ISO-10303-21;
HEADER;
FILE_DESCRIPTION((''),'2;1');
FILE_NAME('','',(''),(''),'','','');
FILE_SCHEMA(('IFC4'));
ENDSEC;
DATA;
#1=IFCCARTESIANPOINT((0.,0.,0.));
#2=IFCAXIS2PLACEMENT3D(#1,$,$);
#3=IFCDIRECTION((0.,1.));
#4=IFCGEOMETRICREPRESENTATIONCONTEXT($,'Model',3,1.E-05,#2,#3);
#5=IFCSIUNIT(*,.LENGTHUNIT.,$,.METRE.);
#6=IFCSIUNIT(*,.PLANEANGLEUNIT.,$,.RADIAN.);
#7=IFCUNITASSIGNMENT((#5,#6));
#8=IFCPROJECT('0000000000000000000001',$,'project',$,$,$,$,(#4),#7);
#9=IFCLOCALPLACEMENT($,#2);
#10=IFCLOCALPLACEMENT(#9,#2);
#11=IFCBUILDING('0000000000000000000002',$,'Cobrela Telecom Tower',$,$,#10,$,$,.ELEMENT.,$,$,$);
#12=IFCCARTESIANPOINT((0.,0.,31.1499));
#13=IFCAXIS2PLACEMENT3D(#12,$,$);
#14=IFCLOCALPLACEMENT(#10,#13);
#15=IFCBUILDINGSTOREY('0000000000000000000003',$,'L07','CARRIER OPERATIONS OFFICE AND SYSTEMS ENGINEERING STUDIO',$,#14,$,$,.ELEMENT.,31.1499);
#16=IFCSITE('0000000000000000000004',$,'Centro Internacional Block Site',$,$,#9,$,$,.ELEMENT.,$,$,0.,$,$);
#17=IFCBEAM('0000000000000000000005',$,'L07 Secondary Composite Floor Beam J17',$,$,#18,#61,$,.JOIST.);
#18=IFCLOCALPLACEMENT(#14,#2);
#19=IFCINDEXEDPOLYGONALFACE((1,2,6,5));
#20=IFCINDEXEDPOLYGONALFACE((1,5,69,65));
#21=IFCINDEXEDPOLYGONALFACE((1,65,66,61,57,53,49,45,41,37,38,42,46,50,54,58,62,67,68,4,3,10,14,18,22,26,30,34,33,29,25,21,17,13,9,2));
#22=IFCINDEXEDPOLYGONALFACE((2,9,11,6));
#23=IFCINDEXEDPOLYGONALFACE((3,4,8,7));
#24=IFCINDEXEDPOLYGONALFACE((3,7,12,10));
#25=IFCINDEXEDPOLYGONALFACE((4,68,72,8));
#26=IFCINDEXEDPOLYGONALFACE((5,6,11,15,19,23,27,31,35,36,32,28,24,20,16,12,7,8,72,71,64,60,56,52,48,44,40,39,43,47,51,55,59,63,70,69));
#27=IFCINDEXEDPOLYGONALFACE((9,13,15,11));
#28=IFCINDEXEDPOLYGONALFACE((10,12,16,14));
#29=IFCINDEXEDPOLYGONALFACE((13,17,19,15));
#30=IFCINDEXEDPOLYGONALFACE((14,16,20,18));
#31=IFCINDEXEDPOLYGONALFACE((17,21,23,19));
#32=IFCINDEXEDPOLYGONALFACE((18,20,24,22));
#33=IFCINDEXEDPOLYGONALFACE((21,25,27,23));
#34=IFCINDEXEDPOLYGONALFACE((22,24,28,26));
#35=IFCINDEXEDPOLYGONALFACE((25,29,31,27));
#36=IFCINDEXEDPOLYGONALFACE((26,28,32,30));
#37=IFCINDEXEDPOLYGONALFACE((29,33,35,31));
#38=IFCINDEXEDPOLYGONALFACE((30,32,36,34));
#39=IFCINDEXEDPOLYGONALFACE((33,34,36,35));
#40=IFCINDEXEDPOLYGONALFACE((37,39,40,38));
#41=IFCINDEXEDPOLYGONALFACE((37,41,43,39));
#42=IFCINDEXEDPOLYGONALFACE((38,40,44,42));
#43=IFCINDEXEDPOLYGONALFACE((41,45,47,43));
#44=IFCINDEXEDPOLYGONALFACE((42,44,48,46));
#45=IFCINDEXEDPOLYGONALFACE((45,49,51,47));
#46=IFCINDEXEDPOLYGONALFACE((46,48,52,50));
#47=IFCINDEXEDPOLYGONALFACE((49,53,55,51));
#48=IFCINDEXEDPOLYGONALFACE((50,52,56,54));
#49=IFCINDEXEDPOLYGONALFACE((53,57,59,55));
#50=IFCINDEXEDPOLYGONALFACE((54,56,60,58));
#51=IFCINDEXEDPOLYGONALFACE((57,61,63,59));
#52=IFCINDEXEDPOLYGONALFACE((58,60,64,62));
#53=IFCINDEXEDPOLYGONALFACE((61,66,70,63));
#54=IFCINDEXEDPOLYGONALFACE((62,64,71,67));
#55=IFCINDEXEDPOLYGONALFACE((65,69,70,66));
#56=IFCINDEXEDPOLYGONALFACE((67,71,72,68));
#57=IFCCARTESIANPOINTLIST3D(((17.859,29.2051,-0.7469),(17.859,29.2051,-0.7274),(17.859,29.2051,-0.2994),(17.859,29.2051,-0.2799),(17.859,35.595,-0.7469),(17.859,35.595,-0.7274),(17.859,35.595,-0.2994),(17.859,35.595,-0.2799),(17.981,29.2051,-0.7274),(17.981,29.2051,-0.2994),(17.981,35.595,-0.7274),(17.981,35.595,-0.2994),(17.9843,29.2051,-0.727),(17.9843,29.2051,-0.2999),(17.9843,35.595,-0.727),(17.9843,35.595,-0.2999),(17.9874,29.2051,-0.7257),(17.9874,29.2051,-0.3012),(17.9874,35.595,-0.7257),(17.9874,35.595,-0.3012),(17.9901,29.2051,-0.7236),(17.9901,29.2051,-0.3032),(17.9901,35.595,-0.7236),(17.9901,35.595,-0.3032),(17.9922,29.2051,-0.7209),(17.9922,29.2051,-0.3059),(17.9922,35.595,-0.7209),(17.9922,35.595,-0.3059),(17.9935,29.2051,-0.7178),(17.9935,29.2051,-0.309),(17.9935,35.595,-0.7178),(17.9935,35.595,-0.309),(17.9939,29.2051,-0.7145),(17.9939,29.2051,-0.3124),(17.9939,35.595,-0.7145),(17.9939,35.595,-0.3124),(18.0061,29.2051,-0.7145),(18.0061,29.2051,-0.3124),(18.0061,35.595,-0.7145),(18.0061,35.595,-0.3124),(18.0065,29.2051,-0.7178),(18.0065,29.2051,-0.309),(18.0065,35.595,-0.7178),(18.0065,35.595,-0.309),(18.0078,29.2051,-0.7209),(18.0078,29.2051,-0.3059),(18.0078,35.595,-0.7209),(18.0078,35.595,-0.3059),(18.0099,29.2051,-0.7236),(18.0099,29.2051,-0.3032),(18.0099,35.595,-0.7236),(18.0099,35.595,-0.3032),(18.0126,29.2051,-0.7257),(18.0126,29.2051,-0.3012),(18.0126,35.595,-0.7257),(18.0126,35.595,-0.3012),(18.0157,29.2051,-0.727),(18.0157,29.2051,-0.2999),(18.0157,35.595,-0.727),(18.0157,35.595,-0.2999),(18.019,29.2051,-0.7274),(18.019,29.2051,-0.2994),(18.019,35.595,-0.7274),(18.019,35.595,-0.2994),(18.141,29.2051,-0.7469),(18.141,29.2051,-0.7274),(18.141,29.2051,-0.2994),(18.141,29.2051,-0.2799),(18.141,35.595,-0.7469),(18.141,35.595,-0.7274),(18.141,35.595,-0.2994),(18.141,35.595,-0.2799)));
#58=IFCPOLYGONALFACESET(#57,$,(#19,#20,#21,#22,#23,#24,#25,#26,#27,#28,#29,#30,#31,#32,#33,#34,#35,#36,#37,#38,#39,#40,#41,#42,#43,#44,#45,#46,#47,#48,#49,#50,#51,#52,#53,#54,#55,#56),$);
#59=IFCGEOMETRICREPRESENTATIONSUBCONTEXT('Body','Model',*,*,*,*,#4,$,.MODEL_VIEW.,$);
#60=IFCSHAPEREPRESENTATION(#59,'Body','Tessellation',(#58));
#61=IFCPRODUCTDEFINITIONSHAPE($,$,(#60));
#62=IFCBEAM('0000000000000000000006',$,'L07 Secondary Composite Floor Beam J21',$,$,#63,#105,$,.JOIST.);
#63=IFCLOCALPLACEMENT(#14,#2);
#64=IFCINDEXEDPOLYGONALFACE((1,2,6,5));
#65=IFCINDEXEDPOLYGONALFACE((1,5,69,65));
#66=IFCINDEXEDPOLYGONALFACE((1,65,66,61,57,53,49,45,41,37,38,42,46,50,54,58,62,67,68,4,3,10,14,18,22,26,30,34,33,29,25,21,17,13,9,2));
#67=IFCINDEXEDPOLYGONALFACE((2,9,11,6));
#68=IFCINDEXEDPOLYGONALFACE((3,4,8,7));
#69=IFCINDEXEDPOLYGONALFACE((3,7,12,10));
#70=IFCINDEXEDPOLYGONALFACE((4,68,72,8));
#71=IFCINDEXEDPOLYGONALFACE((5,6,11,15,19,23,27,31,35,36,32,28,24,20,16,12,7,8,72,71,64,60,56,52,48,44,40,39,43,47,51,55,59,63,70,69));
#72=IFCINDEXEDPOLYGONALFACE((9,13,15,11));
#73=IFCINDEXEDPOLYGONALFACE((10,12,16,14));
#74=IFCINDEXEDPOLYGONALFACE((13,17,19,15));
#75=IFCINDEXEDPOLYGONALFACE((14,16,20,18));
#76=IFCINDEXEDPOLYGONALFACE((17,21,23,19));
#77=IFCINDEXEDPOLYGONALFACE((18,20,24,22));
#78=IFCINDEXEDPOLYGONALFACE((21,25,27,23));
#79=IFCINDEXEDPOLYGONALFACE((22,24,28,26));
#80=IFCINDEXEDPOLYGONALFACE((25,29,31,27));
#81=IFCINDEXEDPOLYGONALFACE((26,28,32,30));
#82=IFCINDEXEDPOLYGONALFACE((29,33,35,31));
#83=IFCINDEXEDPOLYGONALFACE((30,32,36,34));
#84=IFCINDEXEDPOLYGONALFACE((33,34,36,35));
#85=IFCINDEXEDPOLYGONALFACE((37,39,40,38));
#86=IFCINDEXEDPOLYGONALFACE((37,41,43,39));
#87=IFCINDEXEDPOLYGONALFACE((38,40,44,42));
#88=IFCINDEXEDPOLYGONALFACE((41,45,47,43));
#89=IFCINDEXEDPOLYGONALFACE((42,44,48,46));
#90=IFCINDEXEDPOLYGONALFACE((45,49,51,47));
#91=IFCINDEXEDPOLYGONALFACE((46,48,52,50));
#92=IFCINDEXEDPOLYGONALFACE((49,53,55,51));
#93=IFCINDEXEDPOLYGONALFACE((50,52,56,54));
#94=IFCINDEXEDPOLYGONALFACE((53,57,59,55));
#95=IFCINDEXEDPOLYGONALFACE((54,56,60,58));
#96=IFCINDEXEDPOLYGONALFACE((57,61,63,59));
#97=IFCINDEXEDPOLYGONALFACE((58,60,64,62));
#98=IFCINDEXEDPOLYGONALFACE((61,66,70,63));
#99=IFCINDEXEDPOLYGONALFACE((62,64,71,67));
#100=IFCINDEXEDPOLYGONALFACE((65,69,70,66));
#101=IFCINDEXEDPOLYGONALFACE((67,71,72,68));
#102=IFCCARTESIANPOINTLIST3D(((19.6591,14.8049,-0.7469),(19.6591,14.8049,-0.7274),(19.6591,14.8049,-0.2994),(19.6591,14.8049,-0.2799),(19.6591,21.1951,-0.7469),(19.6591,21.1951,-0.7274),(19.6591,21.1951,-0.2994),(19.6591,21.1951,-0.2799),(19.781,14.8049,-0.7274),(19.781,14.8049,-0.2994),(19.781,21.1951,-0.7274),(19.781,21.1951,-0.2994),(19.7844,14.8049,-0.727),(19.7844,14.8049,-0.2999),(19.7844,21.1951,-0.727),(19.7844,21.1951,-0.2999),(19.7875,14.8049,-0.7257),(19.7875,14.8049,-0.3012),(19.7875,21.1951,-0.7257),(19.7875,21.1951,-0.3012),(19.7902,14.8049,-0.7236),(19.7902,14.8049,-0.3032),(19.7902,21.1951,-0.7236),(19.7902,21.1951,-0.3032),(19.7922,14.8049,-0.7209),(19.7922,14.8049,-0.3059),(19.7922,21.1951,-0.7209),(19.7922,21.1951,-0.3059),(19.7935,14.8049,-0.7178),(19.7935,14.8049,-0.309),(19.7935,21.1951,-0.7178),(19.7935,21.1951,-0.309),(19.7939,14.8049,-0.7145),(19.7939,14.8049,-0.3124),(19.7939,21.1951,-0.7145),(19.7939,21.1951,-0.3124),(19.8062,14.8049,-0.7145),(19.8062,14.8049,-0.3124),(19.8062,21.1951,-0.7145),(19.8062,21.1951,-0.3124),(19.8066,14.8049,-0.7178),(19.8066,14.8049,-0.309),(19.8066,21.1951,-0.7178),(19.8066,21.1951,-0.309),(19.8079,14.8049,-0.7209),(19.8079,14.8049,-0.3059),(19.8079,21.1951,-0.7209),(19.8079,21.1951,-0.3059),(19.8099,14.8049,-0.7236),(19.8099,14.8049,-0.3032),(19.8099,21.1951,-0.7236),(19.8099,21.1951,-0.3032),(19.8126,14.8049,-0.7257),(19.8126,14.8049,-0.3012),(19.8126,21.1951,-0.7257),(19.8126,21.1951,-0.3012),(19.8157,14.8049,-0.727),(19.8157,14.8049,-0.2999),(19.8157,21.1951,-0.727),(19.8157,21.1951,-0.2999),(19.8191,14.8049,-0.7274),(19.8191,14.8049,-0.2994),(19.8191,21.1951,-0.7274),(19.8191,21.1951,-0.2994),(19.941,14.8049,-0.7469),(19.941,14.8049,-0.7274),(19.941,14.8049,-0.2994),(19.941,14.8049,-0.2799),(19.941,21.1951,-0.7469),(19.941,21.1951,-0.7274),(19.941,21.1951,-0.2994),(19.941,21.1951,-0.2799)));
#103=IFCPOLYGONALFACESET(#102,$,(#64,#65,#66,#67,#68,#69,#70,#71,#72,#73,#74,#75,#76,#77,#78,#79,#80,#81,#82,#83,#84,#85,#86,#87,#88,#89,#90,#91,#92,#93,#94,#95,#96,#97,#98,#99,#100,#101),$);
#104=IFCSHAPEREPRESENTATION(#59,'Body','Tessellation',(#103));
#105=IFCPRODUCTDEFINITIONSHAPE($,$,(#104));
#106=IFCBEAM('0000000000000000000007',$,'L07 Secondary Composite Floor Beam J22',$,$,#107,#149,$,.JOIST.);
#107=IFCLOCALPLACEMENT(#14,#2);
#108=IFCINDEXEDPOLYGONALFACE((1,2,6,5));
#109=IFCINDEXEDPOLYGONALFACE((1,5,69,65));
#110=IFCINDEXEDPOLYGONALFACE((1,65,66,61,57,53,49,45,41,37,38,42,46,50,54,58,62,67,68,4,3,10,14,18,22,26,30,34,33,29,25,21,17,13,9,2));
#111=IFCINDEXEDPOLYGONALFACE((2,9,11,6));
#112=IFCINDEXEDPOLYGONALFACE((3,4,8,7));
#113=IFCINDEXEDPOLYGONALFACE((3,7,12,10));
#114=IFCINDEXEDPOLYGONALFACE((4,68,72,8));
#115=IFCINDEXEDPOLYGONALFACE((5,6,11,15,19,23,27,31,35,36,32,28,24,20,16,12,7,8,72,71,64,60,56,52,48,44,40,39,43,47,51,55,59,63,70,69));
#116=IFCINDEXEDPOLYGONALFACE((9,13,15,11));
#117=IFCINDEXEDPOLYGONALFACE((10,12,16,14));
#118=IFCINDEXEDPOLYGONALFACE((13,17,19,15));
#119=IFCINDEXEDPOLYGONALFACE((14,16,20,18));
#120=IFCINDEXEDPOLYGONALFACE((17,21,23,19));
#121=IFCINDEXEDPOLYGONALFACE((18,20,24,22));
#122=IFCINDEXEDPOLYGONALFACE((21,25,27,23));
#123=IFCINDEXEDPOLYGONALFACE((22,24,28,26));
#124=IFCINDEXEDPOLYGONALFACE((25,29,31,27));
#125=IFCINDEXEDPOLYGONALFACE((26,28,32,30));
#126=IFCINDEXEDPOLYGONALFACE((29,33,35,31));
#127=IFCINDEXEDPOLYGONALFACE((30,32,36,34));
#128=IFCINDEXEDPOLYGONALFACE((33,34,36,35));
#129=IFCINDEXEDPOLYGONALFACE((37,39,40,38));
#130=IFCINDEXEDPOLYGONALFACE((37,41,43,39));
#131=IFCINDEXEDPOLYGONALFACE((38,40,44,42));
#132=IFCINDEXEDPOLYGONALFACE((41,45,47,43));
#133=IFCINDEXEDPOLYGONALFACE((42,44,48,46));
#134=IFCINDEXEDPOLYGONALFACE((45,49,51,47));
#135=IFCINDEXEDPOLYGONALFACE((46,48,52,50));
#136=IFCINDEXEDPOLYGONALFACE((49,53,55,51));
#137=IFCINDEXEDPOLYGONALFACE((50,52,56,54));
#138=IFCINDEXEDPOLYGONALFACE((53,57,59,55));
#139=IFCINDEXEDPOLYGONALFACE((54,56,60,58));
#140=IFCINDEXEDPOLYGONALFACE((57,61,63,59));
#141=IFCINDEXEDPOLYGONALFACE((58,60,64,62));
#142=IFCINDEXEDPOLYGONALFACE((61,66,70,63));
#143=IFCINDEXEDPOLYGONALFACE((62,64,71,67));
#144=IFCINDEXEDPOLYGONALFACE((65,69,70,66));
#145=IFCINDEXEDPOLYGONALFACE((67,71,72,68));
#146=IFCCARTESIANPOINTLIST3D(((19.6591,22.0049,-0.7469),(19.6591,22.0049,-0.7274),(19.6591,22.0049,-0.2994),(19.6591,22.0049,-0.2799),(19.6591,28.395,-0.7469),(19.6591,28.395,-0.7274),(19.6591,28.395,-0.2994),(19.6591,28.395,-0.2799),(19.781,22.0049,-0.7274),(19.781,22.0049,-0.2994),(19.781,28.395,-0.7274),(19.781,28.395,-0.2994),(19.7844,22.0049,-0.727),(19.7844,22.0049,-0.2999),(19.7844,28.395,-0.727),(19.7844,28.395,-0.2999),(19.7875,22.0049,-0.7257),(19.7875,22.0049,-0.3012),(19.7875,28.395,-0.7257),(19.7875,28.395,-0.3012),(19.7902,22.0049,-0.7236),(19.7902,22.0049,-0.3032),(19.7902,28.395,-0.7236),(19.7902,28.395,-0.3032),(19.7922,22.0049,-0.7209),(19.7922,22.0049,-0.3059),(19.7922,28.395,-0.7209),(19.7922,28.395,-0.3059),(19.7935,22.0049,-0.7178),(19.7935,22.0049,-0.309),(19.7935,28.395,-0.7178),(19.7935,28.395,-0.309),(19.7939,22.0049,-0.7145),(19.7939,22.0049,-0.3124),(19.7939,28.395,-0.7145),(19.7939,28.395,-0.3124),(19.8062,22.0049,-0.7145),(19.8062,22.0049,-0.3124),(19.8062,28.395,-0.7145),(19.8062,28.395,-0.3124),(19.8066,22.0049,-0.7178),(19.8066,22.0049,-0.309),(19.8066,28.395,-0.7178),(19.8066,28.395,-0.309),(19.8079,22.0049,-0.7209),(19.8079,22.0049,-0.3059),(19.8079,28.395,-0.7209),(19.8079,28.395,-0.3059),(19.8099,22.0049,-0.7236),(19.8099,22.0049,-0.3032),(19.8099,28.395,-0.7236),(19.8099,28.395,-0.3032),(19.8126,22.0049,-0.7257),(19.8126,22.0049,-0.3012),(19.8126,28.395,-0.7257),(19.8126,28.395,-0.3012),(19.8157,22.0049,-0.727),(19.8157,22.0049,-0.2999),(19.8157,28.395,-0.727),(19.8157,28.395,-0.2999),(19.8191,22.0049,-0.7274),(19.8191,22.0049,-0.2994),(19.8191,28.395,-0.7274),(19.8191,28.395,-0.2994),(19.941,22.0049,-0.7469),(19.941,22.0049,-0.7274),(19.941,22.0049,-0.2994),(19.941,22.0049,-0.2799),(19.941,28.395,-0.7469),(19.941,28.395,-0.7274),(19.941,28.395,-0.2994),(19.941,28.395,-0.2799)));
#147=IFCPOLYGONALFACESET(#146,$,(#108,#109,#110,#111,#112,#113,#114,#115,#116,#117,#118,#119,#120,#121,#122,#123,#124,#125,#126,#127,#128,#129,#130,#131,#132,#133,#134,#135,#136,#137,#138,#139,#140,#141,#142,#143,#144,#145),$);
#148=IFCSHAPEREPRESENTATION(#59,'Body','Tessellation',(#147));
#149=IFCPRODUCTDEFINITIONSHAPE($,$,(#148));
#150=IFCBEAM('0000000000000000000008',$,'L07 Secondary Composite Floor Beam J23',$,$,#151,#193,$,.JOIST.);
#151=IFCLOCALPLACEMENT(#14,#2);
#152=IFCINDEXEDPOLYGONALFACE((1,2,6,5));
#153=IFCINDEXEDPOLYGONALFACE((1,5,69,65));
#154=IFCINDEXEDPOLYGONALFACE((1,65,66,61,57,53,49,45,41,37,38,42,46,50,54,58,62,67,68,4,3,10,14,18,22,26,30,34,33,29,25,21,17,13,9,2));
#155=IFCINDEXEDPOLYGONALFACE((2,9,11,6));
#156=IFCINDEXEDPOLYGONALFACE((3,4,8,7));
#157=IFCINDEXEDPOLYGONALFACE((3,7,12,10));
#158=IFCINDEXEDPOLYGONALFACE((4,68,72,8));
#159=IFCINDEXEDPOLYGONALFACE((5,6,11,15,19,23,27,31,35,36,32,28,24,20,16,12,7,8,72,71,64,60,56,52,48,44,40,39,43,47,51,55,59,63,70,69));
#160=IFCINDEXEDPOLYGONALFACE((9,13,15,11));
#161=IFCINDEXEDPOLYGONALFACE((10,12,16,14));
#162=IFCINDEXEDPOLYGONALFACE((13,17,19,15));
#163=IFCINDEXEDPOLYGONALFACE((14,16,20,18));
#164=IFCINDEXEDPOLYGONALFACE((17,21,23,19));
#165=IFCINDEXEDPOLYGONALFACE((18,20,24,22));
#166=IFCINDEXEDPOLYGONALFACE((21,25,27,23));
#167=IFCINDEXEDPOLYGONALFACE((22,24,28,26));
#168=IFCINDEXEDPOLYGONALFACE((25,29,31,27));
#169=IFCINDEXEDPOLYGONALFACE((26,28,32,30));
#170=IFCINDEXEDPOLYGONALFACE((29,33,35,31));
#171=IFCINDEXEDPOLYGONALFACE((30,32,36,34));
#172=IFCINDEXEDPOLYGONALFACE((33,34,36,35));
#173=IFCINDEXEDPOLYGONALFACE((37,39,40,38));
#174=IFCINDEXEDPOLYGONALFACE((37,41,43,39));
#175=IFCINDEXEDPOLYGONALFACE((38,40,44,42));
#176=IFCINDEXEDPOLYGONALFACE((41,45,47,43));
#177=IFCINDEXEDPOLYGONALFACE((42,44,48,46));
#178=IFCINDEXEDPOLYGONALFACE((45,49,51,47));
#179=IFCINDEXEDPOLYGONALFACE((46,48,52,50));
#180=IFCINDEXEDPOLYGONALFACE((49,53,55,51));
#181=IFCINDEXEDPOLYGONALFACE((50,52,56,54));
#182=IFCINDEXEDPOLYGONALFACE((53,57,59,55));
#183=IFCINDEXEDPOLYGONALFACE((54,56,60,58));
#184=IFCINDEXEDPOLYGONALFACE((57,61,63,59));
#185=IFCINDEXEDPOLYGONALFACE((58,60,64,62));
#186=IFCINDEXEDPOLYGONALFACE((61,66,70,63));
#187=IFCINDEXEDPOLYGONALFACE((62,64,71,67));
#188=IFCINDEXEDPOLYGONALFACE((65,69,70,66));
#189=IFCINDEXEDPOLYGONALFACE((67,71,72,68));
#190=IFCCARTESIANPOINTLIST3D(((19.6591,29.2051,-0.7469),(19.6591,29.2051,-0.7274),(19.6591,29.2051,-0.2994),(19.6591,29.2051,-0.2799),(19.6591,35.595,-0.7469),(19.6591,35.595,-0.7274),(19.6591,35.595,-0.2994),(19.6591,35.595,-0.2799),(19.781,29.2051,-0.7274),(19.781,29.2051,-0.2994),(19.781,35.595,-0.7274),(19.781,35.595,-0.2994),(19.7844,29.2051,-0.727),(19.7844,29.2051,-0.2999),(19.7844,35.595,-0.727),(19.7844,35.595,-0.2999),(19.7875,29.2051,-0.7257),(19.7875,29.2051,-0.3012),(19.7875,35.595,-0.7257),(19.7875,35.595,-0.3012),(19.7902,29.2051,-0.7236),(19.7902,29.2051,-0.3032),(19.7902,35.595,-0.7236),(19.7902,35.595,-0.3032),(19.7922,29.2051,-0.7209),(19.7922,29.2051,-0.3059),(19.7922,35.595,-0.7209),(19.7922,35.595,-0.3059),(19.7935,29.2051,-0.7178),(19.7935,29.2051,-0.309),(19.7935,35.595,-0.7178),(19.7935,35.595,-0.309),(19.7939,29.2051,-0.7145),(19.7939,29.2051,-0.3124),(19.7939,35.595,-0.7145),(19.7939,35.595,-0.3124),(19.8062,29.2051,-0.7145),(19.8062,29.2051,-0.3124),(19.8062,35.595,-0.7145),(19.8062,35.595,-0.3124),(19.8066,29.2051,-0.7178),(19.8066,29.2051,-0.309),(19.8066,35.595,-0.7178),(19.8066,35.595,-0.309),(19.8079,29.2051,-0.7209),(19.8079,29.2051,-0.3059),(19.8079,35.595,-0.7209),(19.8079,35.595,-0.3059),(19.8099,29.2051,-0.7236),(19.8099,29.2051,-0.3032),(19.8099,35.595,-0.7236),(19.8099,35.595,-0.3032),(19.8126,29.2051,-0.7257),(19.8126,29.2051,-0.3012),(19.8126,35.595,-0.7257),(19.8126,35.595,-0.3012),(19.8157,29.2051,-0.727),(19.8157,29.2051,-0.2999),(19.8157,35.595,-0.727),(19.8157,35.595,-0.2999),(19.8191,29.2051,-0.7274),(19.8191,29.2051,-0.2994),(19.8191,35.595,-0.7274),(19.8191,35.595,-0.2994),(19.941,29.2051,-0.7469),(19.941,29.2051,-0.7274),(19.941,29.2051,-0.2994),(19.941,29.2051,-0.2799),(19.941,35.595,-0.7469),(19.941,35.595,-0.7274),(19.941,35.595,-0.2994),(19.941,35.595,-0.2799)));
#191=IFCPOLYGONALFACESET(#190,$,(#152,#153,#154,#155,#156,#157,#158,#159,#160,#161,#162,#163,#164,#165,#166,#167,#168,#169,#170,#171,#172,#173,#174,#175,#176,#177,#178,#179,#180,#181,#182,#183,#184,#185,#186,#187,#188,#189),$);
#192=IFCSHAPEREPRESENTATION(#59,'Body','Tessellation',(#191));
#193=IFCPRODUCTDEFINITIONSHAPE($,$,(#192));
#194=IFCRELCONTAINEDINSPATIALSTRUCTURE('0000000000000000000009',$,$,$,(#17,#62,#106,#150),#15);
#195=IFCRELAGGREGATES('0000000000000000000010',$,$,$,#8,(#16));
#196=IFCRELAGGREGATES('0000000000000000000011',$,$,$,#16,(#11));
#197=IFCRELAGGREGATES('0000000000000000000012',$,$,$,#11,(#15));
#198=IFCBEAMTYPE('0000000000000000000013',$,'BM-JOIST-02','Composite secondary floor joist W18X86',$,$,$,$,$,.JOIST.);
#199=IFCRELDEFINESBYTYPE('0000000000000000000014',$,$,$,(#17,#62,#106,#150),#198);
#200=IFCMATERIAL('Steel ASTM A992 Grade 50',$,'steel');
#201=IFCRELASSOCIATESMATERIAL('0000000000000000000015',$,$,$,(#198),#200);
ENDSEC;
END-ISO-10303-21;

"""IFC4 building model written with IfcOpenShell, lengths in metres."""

from ifc_helpers import new_model, si_unit, direction, frame, origin, origin_2d, place, context, subcontext, project, spatial, i_section, extrude, material, material_profile, profile_set, type_object, element, save


model = new_model("IFC4")

# Units and contexts
model_context = context("Model", 3, precision=1e-05, world=origin(), true_north=direction((0.0, 1.0)))
body_context = subcontext(model_context, "Body", "Model", "MODEL_VIEW")
ifc_project = project(units=[si_unit("LENGTHUNIT", "METRE"), si_unit("PLANEANGLEUNIT", "RADIAN")], contexts=[model_context])

# Site, building, storey
site_placement = place(None, origin())
site = spatial("IfcSite", under=ifc_project, at=site_placement, Name="Centro Internacional Block Site", CompositionType="ELEMENT", RefElevation=0.0)
building_placement = place(site_placement, origin())
building = spatial("IfcBuilding", under=site, at=building_placement, Name="Cobrela Telecom Tower", CompositionType="ELEMENT")
storey_placement = place(building_placement, frame((0.0, 0.0, 31.1499)))
storey = spatial("IfcBuildingStorey", under=building, at=storey_placement, Name="L07", Description="CARRIER OPERATIONS OFFICE AND SYSTEMS ENGINEERING STUDIO", CompositionType="ELEMENT", Elevation=31.1499)

# Shared definitions
ifc_material_1 = material(Name="Steel ASTM A992 Grade 50", Category="steel")

# Beams
ifc_material_profile_1 = material_profile(ifc_material_1, i_section(OverallWidth=0.282, OverallDepth=0.467, WebThickness=0.0122, FlangeThickness=0.0195, FilletRadius=0.0129, at=origin_2d()), Name="W18X86")
ifc_profile_set_1 = profile_set([ifc_material_profile_1], Name="Steel ASTM A992 Grade 50")
beam_type = type_object("IfcBeamType", Name="BM-JOIST-02", Description="Composite secondary floor joist W18X86", PredefinedType="JOIST", material=ifc_profile_set_1)
beam_1_placement = place(storey_placement, frame((18.0, 29.2051, -0.5134), z_axis=(0.0, 1.0, 0.0), x_axis=(-1.0, 0.0, 0.0)))
element("IfcBeam", 1, at=beam_1_placement, inside=storey, type_object=beam_type, Name="L07 Secondary Composite Floor Beam J17", PredefinedType="JOIST", context=body_context, shape_type="SweptSolid", body=[
    extrude(i_section(OverallWidth=0.282, OverallDepth=0.467, WebThickness=0.0122, FlangeThickness=0.0195, FilletRadius=0.0129, at=origin_2d()), origin(), (0.0, 0.0, 1.0), 6.3899),
])
for number, where, z_axis, x_axis, name in (
    (2, (19.8, 14.8049, -0.5134), (0.0, 1.0, 0.0), (-1.0, 0.0, 0.0), "L07 Secondary Composite Floor Beam J21"),
    (3, (19.8, 22.0049, -0.5134), (0.0, 1.0, 0.0), (-1.0, 0.0, 0.0), "L07 Secondary Composite Floor Beam J22"),
):
    element("IfcBeam", number, at=place(storey_placement, frame(where, z_axis=z_axis, x_axis=x_axis)), inside=storey, type_object=beam_type, Name=name, PredefinedType="JOIST", context=body_context, shape_type="SweptSolid", body=[
        extrude(i_section(OverallWidth=0.282, OverallDepth=0.467, WebThickness=0.0122, FlangeThickness=0.0195, FilletRadius=0.0129, at=origin_2d()), origin(), (0.0, 0.0, 1.0), 6.3901),
    ])
beam_2_placement = place(storey_placement, frame((19.8, 29.2051, -0.5134), z_axis=(0.0, 1.0, 0.0), x_axis=(-1.0, 0.0, 0.0)))
element("IfcBeam", 4, at=beam_2_placement, inside=storey, type_object=beam_type, Name="L07 Secondary Composite Floor Beam J23", PredefinedType="JOIST", context=body_context, shape_type="SweptSolid", body=[
    extrude(i_section(OverallWidth=0.282, OverallDepth=0.467, WebThickness=0.0122, FlangeThickness=0.0195, FilletRadius=0.0129, at=origin_2d()), origin(), (0.0, 0.0, 1.0), 6.3899),
])

save(model, "model.ifc")
